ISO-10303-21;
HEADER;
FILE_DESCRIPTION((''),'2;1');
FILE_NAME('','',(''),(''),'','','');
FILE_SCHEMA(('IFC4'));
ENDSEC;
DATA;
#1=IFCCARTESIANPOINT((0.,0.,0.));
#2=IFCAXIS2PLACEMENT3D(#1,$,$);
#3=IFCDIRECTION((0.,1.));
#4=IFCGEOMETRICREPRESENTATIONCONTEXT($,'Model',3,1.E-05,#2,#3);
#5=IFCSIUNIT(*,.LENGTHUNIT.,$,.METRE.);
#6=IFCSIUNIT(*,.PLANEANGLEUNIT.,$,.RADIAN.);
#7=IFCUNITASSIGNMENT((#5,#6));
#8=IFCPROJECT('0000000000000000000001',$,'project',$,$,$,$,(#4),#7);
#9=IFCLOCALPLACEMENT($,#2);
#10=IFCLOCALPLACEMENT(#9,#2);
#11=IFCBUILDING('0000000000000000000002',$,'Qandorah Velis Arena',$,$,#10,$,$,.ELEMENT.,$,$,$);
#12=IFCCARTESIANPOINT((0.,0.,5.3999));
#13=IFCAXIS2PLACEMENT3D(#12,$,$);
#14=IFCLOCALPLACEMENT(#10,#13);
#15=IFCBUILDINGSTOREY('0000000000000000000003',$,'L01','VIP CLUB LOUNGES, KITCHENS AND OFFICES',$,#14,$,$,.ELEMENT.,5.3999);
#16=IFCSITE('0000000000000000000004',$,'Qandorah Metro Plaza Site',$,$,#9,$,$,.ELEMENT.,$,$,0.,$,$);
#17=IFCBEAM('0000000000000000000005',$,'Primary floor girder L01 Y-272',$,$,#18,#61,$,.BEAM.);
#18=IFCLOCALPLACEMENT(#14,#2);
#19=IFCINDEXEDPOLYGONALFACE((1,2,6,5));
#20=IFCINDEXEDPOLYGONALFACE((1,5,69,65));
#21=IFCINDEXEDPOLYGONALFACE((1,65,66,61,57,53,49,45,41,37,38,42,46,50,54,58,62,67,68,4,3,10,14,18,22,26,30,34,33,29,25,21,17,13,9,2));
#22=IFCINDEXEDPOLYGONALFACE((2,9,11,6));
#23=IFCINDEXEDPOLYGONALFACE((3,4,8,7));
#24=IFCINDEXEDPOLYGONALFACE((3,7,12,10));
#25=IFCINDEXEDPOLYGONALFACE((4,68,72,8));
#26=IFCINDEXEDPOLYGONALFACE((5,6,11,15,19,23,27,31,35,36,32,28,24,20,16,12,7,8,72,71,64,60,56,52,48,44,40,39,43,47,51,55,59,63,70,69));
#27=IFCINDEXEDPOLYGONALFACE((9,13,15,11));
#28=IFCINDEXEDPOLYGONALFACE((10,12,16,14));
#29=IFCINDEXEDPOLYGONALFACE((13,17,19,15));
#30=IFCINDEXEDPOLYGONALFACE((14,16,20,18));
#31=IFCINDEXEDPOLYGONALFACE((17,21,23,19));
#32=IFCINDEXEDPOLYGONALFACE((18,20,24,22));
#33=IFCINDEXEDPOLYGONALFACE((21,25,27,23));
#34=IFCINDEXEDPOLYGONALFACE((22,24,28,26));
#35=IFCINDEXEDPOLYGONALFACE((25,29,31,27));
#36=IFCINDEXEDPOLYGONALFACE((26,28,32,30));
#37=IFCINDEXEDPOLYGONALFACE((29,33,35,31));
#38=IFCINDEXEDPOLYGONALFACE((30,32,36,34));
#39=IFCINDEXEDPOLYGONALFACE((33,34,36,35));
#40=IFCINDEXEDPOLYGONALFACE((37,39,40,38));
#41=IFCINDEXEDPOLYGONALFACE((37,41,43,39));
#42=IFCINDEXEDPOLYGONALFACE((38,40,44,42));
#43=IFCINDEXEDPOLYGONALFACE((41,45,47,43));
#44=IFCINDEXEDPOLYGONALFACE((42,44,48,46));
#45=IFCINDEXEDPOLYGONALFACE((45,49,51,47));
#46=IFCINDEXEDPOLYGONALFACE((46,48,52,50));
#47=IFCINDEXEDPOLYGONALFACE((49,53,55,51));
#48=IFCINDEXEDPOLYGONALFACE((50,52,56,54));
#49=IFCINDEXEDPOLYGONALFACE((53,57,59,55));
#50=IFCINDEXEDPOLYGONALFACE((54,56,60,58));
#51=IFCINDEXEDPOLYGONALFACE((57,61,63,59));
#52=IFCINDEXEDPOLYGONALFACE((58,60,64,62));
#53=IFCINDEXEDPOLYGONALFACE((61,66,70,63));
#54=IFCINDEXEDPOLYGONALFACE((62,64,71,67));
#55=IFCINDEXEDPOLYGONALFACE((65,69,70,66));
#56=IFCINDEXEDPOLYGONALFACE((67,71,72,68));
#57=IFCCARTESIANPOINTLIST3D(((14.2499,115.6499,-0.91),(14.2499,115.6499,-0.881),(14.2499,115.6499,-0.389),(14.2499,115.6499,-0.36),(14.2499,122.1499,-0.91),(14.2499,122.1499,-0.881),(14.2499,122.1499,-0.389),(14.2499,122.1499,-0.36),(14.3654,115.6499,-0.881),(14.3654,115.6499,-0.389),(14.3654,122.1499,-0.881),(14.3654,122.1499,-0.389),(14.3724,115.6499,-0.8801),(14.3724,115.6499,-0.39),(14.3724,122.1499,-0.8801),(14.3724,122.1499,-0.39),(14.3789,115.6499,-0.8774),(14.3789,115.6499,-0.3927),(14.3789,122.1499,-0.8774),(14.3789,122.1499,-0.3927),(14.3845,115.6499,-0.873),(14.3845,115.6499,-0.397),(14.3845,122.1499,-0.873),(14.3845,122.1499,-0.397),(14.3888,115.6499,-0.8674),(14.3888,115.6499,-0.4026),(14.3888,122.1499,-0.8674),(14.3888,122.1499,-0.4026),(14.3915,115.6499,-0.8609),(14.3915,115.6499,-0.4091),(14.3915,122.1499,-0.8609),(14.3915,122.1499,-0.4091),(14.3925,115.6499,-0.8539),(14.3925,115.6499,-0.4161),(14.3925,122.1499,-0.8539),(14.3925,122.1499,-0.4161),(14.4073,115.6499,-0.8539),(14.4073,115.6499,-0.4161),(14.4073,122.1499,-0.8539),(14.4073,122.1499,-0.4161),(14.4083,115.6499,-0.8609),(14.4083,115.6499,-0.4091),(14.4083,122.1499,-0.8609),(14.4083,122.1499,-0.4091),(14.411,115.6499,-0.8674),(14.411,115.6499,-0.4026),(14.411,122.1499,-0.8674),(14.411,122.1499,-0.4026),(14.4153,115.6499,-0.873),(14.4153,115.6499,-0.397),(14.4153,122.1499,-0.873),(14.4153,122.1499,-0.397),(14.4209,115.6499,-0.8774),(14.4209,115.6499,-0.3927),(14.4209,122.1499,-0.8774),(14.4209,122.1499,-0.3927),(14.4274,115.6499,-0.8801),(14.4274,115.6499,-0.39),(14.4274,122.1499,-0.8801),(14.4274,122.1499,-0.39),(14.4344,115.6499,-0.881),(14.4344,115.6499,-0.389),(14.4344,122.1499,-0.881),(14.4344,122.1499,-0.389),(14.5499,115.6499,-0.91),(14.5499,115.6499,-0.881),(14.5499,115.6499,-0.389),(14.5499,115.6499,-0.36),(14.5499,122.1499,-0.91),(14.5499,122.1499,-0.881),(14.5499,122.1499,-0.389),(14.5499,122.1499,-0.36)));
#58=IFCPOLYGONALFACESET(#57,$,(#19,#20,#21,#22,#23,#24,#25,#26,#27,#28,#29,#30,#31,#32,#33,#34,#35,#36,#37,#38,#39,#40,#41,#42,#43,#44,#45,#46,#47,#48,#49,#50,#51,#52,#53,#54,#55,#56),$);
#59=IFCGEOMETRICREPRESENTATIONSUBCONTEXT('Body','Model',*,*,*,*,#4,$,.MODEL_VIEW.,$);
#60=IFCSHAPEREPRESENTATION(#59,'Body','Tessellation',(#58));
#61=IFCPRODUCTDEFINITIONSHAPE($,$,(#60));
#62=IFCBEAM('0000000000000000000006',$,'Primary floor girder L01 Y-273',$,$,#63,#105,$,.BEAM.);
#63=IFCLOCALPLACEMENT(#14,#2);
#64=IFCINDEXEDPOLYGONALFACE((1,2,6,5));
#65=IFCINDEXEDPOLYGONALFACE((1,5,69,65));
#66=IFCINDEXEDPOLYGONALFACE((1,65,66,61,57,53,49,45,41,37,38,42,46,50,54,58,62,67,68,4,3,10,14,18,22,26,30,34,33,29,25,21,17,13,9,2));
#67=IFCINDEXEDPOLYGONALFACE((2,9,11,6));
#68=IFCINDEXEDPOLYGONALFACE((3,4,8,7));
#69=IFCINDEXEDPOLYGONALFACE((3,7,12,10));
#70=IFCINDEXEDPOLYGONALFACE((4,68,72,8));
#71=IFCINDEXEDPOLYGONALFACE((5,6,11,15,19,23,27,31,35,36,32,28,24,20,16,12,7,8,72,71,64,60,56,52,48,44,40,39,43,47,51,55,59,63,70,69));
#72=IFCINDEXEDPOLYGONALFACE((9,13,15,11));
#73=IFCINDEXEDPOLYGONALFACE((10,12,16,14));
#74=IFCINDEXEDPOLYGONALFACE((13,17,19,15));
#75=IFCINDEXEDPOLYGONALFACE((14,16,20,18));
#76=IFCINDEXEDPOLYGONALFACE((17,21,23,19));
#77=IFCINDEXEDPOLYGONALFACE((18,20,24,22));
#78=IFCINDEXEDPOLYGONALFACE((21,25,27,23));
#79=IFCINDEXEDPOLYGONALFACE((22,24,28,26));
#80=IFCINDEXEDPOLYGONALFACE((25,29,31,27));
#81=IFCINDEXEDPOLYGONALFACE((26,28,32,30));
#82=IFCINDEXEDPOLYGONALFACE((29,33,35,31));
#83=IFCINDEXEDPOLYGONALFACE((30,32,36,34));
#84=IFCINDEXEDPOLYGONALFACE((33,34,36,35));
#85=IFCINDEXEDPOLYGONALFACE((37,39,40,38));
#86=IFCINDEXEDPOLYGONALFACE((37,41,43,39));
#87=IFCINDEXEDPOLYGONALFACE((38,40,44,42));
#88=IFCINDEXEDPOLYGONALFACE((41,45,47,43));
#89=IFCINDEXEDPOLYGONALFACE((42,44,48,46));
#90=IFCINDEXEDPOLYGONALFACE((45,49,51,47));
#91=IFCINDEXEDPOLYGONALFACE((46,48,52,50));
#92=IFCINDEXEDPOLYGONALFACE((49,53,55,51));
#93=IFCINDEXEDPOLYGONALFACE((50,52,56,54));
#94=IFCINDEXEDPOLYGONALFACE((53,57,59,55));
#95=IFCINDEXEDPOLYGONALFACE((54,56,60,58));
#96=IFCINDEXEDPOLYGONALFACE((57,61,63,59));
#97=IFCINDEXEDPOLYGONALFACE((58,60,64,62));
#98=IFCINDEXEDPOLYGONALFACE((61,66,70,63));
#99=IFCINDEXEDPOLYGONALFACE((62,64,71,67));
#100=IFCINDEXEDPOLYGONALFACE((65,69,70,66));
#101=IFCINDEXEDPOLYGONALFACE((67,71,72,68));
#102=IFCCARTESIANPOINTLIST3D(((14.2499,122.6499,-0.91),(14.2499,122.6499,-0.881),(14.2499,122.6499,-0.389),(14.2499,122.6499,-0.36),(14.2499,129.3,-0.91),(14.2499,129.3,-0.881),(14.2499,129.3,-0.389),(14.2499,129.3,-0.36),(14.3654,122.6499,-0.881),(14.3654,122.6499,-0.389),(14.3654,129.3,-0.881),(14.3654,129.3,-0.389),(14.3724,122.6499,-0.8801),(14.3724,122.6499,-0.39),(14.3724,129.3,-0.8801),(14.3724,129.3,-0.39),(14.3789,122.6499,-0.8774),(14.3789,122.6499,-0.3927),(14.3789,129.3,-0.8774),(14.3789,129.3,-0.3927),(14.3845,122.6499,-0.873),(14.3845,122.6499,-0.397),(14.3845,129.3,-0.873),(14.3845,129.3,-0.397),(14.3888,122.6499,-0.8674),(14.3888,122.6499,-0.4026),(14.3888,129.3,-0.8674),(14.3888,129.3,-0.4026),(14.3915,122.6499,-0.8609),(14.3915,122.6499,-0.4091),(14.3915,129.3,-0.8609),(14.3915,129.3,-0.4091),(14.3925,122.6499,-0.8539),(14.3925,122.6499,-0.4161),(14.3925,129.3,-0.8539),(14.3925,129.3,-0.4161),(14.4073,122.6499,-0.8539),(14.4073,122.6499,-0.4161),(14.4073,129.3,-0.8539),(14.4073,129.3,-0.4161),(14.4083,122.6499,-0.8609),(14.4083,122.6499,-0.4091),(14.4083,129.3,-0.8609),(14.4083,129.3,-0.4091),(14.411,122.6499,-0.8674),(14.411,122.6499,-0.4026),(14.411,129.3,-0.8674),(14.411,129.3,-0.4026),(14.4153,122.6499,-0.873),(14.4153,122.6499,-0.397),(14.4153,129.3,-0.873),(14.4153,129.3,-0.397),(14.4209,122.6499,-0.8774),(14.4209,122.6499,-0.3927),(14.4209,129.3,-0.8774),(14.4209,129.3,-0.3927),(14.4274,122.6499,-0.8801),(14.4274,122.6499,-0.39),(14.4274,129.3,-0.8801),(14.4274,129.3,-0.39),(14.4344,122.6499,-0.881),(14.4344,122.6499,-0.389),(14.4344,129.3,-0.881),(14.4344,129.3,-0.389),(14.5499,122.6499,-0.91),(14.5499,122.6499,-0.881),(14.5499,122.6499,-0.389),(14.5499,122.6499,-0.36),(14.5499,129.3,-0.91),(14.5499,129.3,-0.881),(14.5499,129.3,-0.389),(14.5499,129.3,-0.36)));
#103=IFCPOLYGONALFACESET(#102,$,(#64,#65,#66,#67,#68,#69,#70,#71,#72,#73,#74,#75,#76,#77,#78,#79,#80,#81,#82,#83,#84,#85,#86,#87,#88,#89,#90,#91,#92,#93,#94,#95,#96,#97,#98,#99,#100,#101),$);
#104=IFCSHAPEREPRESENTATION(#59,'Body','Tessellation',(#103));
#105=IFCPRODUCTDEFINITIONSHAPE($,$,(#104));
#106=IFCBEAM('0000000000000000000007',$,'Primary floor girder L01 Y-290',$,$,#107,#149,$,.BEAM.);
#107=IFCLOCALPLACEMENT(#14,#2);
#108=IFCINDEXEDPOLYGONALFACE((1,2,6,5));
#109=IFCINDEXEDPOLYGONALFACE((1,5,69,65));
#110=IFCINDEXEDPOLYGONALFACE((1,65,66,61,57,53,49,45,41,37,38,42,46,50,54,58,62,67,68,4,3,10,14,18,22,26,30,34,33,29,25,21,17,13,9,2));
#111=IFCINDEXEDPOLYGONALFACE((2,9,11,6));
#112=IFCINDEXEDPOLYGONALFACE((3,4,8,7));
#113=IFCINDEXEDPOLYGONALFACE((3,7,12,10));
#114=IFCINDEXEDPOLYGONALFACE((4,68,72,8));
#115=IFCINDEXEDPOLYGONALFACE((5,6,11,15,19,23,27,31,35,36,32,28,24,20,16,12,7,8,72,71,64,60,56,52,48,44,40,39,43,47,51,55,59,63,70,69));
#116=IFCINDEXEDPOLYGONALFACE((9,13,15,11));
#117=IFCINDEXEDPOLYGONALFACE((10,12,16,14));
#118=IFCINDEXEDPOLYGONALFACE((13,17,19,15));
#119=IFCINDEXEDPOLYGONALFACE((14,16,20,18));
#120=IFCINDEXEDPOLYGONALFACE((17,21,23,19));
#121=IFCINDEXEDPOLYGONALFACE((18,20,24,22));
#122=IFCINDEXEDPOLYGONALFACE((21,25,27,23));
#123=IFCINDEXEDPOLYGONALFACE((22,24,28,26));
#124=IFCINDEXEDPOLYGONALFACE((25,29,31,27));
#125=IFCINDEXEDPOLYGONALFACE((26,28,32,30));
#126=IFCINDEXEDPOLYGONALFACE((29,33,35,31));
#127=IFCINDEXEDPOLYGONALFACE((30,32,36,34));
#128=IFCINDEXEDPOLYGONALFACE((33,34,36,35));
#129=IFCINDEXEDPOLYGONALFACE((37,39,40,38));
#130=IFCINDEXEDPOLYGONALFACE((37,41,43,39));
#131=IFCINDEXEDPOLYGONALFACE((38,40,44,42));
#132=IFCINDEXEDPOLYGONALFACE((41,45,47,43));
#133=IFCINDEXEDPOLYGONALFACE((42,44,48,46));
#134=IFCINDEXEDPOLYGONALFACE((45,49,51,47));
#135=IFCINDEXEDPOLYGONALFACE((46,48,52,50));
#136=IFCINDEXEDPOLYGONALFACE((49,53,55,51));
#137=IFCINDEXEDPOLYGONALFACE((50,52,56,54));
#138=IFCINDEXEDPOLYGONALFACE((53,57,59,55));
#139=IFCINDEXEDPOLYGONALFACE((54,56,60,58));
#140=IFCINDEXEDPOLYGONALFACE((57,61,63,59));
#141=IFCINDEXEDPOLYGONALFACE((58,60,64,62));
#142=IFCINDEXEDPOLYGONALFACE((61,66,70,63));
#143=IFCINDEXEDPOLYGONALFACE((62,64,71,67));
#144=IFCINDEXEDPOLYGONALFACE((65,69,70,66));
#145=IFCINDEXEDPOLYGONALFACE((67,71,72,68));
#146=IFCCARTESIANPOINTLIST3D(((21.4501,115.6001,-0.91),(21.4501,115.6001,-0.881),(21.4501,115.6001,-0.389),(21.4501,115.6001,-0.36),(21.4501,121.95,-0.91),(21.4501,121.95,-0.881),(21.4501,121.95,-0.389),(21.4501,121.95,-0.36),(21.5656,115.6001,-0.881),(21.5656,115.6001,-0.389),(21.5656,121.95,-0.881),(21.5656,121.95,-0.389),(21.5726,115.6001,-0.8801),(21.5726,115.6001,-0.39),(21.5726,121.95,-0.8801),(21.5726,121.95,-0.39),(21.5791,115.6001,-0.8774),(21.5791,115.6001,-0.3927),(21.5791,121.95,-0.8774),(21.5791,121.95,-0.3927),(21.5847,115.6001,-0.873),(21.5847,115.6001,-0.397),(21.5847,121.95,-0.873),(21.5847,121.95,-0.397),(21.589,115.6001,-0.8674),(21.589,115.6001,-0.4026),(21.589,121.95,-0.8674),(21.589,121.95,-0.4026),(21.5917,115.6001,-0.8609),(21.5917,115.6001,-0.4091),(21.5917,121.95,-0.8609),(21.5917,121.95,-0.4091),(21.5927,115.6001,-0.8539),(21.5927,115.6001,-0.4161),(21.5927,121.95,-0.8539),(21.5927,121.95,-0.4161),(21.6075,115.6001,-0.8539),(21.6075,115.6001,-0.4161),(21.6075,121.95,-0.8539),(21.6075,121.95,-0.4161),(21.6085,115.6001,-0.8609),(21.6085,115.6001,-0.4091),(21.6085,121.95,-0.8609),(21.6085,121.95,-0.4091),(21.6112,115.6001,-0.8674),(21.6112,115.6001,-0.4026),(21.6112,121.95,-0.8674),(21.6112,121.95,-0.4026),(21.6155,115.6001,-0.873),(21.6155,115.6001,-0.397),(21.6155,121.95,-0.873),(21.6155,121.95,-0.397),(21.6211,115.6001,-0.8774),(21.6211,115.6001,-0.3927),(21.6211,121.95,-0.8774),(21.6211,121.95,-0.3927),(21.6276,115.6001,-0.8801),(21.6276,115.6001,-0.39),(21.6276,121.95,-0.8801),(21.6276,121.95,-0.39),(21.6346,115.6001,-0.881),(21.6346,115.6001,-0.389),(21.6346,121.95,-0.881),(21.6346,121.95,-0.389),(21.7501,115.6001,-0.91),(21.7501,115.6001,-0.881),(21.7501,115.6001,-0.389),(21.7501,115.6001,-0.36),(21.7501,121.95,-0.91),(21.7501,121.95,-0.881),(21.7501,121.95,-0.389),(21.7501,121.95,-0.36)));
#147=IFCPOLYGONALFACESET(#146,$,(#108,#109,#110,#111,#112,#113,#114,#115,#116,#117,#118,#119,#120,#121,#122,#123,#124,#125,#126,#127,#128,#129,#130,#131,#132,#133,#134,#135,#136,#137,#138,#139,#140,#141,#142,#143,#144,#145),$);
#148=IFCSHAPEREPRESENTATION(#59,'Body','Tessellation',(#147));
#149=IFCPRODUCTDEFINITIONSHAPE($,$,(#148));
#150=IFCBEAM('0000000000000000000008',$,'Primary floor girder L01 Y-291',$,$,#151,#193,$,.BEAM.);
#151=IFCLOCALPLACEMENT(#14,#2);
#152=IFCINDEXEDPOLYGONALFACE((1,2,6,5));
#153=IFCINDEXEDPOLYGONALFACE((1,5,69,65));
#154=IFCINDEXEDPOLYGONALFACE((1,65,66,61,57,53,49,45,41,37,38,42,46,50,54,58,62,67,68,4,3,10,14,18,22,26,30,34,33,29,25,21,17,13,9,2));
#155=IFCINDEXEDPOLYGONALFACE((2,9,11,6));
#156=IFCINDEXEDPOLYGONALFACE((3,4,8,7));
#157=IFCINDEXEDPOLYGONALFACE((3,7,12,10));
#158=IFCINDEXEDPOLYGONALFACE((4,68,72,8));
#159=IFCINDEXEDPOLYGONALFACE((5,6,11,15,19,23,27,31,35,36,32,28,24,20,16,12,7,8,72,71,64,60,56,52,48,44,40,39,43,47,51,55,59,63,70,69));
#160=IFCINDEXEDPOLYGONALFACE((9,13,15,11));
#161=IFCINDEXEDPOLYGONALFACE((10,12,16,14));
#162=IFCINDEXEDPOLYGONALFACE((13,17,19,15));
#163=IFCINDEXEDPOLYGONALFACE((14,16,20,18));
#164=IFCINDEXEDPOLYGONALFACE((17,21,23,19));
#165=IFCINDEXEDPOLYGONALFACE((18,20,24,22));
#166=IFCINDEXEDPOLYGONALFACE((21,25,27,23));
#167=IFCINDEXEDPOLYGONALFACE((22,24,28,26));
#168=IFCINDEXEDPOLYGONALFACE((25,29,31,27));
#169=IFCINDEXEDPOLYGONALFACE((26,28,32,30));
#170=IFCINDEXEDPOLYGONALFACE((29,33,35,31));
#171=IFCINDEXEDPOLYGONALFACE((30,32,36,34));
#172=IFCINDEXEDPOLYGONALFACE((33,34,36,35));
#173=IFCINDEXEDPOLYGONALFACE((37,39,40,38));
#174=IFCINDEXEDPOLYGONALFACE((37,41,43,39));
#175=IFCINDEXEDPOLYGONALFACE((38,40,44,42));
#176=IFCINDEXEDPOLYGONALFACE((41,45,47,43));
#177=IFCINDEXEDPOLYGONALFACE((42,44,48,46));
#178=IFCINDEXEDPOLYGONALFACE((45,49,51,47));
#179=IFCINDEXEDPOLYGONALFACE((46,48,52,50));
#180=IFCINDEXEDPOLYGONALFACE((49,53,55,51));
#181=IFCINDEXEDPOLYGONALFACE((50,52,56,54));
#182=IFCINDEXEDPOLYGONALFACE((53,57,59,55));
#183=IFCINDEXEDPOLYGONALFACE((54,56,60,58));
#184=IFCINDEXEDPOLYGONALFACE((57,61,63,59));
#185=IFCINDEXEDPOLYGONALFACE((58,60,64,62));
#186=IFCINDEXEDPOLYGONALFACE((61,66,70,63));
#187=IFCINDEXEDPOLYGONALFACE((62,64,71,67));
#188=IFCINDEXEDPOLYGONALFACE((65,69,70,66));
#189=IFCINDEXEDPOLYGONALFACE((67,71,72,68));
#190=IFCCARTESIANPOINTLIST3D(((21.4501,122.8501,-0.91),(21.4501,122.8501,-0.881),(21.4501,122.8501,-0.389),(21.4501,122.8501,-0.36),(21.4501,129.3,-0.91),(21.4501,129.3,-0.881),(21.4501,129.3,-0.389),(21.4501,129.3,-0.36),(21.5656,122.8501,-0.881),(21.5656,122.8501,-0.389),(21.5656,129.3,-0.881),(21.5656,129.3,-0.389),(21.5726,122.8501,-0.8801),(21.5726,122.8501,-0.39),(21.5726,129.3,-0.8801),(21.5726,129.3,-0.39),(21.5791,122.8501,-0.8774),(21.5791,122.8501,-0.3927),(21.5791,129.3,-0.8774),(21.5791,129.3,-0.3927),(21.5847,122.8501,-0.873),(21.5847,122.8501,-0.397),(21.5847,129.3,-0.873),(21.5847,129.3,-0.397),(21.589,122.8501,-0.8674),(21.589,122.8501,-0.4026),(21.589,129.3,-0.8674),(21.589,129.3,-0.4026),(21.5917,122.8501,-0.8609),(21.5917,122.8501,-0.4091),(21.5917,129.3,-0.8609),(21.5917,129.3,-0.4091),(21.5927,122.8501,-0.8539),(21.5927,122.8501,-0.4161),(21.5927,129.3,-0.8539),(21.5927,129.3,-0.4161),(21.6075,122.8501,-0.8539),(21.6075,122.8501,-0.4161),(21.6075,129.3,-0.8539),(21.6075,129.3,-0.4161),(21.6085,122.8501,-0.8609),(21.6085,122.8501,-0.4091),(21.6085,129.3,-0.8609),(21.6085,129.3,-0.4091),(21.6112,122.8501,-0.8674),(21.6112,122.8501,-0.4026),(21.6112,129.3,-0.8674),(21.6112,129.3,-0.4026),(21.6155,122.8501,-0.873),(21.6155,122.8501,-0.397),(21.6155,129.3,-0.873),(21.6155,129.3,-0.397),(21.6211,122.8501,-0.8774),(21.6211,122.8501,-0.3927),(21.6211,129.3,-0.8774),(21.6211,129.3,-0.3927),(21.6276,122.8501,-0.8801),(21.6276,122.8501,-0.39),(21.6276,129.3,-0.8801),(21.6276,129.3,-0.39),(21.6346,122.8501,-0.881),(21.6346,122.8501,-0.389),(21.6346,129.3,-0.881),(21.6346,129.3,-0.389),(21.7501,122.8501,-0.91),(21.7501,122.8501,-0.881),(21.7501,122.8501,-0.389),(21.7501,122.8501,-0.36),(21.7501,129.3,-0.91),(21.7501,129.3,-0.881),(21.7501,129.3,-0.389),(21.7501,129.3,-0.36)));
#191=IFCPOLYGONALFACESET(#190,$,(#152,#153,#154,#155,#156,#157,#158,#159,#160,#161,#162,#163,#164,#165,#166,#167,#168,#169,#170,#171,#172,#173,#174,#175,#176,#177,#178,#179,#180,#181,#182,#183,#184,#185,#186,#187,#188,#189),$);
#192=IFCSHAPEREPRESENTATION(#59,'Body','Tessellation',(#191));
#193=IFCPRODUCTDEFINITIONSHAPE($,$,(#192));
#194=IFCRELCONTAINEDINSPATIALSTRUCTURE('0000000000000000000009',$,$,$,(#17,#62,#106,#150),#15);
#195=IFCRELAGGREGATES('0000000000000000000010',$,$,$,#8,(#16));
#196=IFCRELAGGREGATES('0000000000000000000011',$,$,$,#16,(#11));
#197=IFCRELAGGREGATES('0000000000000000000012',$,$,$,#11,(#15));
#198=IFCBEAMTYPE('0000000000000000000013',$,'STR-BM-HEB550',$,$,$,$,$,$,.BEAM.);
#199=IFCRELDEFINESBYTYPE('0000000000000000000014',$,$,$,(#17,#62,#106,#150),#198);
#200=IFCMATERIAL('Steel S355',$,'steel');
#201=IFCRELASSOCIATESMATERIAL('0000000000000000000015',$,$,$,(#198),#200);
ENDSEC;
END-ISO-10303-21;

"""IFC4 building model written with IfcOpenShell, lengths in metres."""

from ifc_helpers import new_model, si_unit, direction, frame, origin, origin_2d, place, context, subcontext, project, spatial, i_section, extrude, material, material_profile, profile_set, type_object, element, save


model = new_model("IFC4")

# Units and contexts
model_context = context("Model", 3, precision=1e-05, world=origin(), true_north=direction((0.0, 1.0)))
body_context = subcontext(model_context, "Body", "Model", "MODEL_VIEW")
ifc_project = project(units=[si_unit("LENGTHUNIT", "METRE"), si_unit("PLANEANGLEUNIT", "RADIAN")], contexts=[model_context])

# Site, building, storey
site_placement = place(None, origin())
site = spatial("IfcSite", under=ifc_project, at=site_placement, Name="Qandorah Metro Plaza Site", CompositionType="ELEMENT", RefElevation=0.0)
building_placement = place(site_placement, origin())
building = spatial("IfcBuilding", under=site, at=building_placement, Name="Qandorah Velis Arena", CompositionType="ELEMENT")
storey_placement = place(building_placement, frame((0.0, 0.0, 5.3999)))
storey = spatial("IfcBuildingStorey", under=building, at=storey_placement, Name="L01", Description="VIP CLUB LOUNGES, KITCHENS AND OFFICES", CompositionType="ELEMENT", Elevation=5.3999)

# Beams
ifc_material_1 = material(Name="Steel S355", Category="steel")
ifc_material_profile_1 = material_profile(ifc_material_1, i_section(OverallWidth=0.3, OverallDepth=0.55, WebThickness=0.0149, FlangeThickness=0.0291, FilletRadius=0.0271, at=origin_2d()), Name="HEB 550")
ifc_profile_set_1 = profile_set([ifc_material_profile_1], Name="Steel S355")
beam_type_1 = type_object("IfcBeamType", Name="STR-BM-HEB550", PredefinedType="BEAM", material=ifc_profile_set_1)
beam_1_placement = place(storey_placement, frame((14.3999, 115.6499, -0.635), z_axis=(0.0, 1.0, 0.0), x_axis=(-1.0, 0.0, 0.0)))
element("IfcBeam", 1, at=beam_1_placement, inside=storey, type_object=beam_type_1, Name="Primary floor girder L01 Y-272", PredefinedType="BEAM", context=body_context, shape_type="SweptSolid", body=[
    extrude(i_section(OverallWidth=0.3, OverallDepth=0.55, WebThickness=0.0149, FlangeThickness=0.0291, FilletRadius=0.0271, at=origin_2d()), origin(), (0.0, 0.0, 1.0), 6.5),
])
beam_2_placement = place(storey_placement, frame((14.3999, 122.6499, -0.635), z_axis=(0.0, 1.0, 0.0), x_axis=(-1.0, 0.0, 0.0)))
element("IfcBeam", 2, at=beam_2_placement, inside=storey, type_object=beam_type_1, Name="Primary floor girder L01 Y-273", PredefinedType="BEAM", context=body_context, shape_type="SweptSolid", body=[
    extrude(i_section(OverallWidth=0.3, OverallDepth=0.55, WebThickness=0.0149, FlangeThickness=0.0291, FilletRadius=0.0271, at=origin_2d()), origin(), (0.0, 0.0, 1.0), 6.6501),
])
beam_3_placement = place(storey_placement, frame((21.6001, 115.6001, -0.635), z_axis=(0.0, 1.0, 0.0), x_axis=(-1.0, 0.0, 0.0)))
element("IfcBeam", 3, at=beam_3_placement, inside=storey, type_object=beam_type_1, Name="Primary floor girder L01 Y-290", PredefinedType="BEAM", context=body_context, shape_type="SweptSolid", body=[
    extrude(i_section(OverallWidth=0.3, OverallDepth=0.55, WebThickness=0.0149, FlangeThickness=0.0291, FilletRadius=0.0271, at=origin_2d()), origin(), (0.0, 0.0, 1.0), 6.3499),
])
beam_4_placement = place(storey_placement, frame((21.6001, 122.8501, -0.635), z_axis=(0.0, 1.0, 0.0), x_axis=(-1.0, 0.0, 0.0)))
element("IfcBeam", 4, at=beam_4_placement, inside=storey, type_object=beam_type_1, Name="Primary floor girder L01 Y-291", PredefinedType="BEAM", context=body_context, shape_type="SweptSolid", body=[
    extrude(i_section(OverallWidth=0.3, OverallDepth=0.55, WebThickness=0.0149, FlangeThickness=0.0291, FilletRadius=0.0271, at=origin_2d()), origin(), (0.0, 0.0, 1.0), 6.45),
])

save(model, "model.ifc")
